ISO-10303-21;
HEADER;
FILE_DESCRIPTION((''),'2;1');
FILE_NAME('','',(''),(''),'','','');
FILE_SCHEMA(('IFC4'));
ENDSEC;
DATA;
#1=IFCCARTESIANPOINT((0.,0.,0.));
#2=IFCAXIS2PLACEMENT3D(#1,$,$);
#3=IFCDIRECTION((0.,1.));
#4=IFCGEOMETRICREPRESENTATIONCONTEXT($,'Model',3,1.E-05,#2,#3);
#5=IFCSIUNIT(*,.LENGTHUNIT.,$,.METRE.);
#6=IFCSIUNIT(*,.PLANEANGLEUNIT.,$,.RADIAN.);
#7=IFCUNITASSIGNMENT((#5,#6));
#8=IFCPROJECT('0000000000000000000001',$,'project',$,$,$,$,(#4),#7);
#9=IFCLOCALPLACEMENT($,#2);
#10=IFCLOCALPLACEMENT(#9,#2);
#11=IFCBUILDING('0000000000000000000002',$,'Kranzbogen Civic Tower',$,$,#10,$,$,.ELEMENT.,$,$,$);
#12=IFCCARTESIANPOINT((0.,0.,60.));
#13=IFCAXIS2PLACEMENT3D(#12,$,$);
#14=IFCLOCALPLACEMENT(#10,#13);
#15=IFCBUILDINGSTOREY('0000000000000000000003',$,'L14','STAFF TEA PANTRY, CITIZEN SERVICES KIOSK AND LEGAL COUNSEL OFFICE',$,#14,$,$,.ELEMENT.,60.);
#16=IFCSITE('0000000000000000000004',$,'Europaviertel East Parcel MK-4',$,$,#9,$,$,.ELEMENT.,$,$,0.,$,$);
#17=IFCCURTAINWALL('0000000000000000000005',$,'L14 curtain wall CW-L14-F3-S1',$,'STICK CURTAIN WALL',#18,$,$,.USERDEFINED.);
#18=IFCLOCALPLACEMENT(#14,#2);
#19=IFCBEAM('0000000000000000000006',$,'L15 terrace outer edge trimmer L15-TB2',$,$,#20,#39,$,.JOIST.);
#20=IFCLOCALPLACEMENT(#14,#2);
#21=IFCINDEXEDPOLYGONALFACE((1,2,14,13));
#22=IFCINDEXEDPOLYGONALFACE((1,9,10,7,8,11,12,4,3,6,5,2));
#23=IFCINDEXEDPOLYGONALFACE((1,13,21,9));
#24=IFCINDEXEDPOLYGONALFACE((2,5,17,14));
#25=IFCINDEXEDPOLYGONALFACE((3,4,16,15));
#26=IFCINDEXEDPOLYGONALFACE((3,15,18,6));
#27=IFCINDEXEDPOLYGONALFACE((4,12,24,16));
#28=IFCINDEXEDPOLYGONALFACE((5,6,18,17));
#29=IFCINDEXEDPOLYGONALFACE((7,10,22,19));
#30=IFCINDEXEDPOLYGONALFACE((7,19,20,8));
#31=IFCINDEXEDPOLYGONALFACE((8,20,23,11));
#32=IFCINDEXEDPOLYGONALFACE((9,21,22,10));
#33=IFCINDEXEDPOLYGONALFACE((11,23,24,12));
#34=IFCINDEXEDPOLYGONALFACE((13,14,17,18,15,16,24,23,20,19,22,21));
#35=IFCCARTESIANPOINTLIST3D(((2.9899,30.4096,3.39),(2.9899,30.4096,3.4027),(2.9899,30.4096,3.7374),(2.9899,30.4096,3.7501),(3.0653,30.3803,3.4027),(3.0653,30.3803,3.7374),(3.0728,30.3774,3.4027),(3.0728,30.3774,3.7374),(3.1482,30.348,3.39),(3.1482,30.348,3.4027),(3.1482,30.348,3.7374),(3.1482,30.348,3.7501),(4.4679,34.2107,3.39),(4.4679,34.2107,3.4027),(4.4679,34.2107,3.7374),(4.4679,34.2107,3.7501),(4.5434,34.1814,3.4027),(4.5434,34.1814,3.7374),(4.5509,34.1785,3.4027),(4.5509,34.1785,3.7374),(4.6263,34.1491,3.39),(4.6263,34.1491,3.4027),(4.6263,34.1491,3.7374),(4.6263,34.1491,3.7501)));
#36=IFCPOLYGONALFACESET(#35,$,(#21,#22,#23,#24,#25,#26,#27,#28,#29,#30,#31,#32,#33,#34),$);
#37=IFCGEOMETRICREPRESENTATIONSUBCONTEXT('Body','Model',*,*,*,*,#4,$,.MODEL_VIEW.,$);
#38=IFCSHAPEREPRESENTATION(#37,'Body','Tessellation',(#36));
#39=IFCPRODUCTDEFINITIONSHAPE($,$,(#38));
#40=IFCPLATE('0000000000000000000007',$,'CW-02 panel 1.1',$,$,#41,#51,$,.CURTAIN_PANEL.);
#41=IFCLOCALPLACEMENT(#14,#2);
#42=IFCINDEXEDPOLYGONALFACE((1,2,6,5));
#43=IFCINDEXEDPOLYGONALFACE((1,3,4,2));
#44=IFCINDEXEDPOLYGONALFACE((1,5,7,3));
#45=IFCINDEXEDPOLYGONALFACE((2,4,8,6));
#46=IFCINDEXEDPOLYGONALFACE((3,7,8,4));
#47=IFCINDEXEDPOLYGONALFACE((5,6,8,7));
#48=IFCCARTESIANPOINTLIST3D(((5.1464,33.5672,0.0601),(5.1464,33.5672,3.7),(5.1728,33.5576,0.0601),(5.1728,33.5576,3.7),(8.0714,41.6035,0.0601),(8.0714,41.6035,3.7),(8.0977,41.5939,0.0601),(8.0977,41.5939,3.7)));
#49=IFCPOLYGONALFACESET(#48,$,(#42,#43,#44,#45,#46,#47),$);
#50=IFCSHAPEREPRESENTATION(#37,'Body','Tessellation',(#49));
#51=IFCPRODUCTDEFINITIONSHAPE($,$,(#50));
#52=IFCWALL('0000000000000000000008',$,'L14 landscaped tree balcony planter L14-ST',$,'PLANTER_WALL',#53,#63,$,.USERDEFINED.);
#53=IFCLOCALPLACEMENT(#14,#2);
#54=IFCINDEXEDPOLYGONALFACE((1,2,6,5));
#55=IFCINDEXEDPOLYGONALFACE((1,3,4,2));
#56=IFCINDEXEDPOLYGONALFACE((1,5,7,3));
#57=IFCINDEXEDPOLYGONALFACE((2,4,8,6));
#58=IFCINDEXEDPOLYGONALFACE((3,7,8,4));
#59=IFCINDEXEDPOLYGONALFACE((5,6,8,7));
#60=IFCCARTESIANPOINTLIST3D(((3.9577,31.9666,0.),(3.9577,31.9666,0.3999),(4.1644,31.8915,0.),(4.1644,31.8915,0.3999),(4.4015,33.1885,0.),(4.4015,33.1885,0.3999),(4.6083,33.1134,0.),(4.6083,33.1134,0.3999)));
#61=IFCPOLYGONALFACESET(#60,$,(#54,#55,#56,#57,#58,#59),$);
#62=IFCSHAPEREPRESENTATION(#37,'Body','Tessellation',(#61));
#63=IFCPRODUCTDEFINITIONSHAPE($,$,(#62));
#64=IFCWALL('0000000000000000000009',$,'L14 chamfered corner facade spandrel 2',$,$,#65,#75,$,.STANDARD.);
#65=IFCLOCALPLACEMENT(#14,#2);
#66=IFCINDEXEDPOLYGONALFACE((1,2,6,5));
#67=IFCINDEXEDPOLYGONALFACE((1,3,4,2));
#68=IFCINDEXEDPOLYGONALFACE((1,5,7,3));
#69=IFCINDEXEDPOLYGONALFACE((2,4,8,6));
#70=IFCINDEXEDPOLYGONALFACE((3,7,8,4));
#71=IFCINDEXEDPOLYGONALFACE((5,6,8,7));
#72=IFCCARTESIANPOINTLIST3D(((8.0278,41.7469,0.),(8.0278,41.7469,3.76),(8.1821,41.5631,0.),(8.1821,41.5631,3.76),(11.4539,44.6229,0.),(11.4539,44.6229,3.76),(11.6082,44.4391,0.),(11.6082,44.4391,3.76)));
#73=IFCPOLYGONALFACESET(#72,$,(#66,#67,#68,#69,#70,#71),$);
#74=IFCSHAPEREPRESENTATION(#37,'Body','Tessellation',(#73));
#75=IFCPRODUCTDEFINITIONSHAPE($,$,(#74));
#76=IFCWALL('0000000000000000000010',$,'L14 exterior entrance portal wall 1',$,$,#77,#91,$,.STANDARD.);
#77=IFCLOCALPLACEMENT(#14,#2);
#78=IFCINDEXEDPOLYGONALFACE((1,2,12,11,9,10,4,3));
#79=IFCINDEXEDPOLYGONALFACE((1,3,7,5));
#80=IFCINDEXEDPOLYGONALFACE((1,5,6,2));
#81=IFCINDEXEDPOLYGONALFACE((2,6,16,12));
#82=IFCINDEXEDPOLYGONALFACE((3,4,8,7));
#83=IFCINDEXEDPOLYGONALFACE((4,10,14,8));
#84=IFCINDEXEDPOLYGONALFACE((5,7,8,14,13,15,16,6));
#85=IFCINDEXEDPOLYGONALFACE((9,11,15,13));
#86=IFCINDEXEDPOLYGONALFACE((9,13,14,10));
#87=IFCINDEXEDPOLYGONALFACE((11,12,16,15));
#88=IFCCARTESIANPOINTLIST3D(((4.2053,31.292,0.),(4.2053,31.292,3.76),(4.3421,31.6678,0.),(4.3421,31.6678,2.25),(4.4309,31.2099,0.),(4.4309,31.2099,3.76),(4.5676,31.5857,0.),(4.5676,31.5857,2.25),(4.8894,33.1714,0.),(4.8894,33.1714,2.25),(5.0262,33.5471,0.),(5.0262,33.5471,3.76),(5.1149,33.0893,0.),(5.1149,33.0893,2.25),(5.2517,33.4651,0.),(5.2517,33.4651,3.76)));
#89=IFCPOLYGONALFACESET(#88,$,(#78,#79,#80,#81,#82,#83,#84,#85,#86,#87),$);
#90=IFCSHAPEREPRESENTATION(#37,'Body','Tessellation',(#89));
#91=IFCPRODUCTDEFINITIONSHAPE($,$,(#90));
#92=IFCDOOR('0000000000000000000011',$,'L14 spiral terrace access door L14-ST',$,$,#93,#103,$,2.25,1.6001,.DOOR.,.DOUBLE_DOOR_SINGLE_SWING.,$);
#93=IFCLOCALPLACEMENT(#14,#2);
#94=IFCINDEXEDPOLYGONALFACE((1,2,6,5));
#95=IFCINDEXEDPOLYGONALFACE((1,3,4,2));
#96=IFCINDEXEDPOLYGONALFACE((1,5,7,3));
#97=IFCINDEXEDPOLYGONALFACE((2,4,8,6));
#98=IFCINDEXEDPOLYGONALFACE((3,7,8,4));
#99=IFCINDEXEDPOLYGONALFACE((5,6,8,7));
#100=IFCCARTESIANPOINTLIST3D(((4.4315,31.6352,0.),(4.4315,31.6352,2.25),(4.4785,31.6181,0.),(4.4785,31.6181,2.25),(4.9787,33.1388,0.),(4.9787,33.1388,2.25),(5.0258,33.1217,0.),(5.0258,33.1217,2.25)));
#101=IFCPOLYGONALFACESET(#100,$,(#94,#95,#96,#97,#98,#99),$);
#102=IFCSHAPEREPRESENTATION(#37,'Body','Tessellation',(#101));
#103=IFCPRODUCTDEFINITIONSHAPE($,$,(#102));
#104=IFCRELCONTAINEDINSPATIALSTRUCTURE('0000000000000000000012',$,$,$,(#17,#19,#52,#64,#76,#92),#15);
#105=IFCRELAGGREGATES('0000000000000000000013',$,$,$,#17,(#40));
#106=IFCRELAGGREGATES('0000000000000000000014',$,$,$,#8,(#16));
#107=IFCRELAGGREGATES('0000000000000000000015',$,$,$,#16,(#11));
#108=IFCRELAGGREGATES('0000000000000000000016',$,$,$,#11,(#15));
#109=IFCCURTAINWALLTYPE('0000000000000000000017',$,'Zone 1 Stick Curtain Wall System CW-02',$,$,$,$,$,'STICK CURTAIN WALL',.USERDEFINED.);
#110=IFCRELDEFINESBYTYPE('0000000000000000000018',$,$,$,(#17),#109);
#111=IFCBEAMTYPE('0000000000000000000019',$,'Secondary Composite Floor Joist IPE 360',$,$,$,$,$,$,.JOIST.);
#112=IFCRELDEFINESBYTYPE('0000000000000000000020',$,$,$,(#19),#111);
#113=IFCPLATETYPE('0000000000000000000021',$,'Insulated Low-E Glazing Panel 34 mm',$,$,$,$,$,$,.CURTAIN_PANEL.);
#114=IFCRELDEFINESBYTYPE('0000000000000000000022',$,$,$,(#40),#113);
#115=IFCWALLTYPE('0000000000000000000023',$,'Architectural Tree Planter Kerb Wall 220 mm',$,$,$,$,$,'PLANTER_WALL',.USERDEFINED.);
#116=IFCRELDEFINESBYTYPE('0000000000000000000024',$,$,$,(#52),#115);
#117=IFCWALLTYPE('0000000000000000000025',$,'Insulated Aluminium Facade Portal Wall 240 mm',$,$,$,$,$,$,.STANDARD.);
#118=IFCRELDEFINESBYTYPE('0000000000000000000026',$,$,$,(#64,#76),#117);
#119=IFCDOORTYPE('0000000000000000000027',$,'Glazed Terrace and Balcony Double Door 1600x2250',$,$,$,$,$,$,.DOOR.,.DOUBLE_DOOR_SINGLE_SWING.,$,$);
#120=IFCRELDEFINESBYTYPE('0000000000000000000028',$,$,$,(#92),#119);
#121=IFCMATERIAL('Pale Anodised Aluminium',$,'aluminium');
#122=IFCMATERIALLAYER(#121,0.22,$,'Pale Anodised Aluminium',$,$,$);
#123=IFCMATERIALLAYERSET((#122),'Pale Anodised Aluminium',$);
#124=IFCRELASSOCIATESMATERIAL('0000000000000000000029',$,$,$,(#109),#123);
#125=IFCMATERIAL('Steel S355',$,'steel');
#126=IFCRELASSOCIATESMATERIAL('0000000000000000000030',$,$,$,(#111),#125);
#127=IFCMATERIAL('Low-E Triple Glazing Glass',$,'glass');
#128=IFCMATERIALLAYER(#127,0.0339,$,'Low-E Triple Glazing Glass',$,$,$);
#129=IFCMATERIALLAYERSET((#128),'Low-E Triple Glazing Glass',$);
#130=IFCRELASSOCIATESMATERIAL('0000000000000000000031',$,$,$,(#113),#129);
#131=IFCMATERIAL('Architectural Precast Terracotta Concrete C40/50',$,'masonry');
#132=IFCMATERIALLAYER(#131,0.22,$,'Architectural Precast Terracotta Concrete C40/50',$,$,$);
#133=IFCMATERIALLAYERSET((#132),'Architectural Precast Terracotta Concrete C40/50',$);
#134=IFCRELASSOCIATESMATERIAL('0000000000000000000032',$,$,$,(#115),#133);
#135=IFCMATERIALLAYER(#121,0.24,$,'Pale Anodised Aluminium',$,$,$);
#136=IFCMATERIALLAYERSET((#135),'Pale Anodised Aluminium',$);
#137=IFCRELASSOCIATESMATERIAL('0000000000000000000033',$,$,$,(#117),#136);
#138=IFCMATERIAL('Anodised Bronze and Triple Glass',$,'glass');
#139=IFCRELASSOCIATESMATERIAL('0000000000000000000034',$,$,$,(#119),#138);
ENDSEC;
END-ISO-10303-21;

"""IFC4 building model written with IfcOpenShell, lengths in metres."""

from ifc_helpers import new_model, si_unit, direction, frame, frame_2d, origin, origin_2d, place, context, subcontext, project, spatial, rectangle, i_section, extrude, material, layer, layer_set, material_profile, profile_set, type_object, element, fill, aggregate, save


model = new_model("IFC4")

# Units and contexts
model_context = context("Model", 3, precision=1e-05, world=origin(), true_north=direction((0.0, 1.0)))
body_context = subcontext(model_context, "Body", "Model", "MODEL_VIEW")
ifc_project = project(units=[si_unit("LENGTHUNIT", "METRE"), si_unit("PLANEANGLEUNIT", "RADIAN")], contexts=[model_context])

# Site, building, storey
site_placement = place(None, origin())
site = spatial("IfcSite", under=ifc_project, at=site_placement, Name="Europaviertel East Parcel MK-4", CompositionType="ELEMENT", RefElevation=0.0)
building_placement = place(site_placement, origin())
building = spatial("IfcBuilding", under=site, at=building_placement, Name="Kranzbogen Civic Tower", CompositionType="ELEMENT")
storey_placement = place(building_placement, frame((0.0, 0.0, 60.0)))
storey = spatial("IfcBuildingStorey", under=building, at=storey_placement, Name="L14", Description="STAFF TEA PANTRY, CITIZEN SERVICES KIOSK AND LEGAL COUNSEL OFFICE", CompositionType="ELEMENT", Elevation=60.0)

# Shared definitions
ifc_material_1 = material(Name="Steel S355", Category="steel")

# Curtain wall
ifc_material_2 = material(Name="Pale Anodised Aluminium", Category="aluminium")
ifc_layer_1 = layer(ifc_material_2, 0.22, Name="Pale Anodised Aluminium")
ifc_layer_set_1 = layer_set([ifc_layer_1], Name="Pale Anodised Aluminium")
curtain_wall_type = type_object("IfcCurtainWallType", Name="Zone 1 Stick Curtain Wall System CW-02", ElementType="STICK CURTAIN WALL", PredefinedType="USERDEFINED", material=ifc_layer_set_1)
curtain_wall_1_placement = place(storey_placement, origin())
curtain_wall_1 = element("IfcCurtainWall", 1, at=curtain_wall_1_placement, inside=storey, type_object=curtain_wall_type, Name="L14 curtain wall CW-L14-F3-S1", ObjectType="STICK CURTAIN WALL", PredefinedType="USERDEFINED")

# Beam
ifc_material_profile_1 = material_profile(ifc_material_1, i_section(OverallWidth=0.1699, OverallDepth=0.3601, WebThickness=0.0081, FlangeThickness=0.0127, at=origin_2d()), Name="IPE 360")
ifc_profile_set_1 = profile_set([ifc_material_profile_1], Name="Steel S355")
beam_type_1 = type_object("IfcBeamType", Name="Secondary Composite Floor Joist IPE 360", PredefinedType="JOIST", material=ifc_profile_set_1)
beam_1_placement = place(storey_placement, frame((4.5471, 34.1799, 3.5701), z_axis=(-0.362414, -0.932017, 0.0), x_axis=(0.932017, -0.362414, 0.0)))
element("IfcBeam", 2, at=beam_1_placement, inside=storey, type_object=beam_type_1, Name="L15 terrace outer edge trimmer L15-TB2", PredefinedType="JOIST", context=body_context, shape_type="SweptSolid", body=[
    extrude(i_section(OverallWidth=0.1699, OverallDepth=0.3601, WebThickness=0.0081, FlangeThickness=0.0127, at=origin_2d()), origin(), (0.0, 0.0, 1.0), 4.0784),
])

# Plate
ifc_material_3 = material(Name="Low-E Triple Glazing Glass", Category="glass")
ifc_layer_2 = layer(ifc_material_3, 0.0339, Name="Low-E Triple Glazing Glass")
ifc_layer_set_2 = layer_set([ifc_layer_2], Name="Low-E Triple Glazing Glass")
plate_type = type_object("IfcPlateType", Name="Insulated Low-E Glazing Panel 34 mm", PredefinedType="CURTAIN_PANEL", material=ifc_layer_set_2)
plate_placement = place(storey_placement, frame((6.6221, 37.5806, 0.0601), z_axis=(0.0, 0.0, 1.0), x_axis=(-0.342021, -0.939692, 0.0)))
plate = element("IfcPlate", 3, at=plate_placement, type_object=plate_type, Name="CW-02 panel 1.1", PredefinedType="CURTAIN_PANEL", context=body_context, shape_type="SweptSolid", body=[
    extrude(rectangle(XDim=8.552, YDim=0.0281, at=origin_2d()), origin(), (0.0, 0.0, 1.0), 3.6399),
])
aggregate(curtain_wall_1, [plate])

# Walls
ifc_material_4 = material(Name="Architectural Precast Terracotta Concrete C40/50", Category="masonry")
ifc_layer_3 = layer(ifc_material_4, 0.22, Name="Architectural Precast Terracotta Concrete C40/50")
ifc_layer_set_3 = layer_set([ifc_layer_3], Name="Architectural Precast Terracotta Concrete C40/50")
wall_type_1 = type_object("IfcWallType", Name="Architectural Tree Planter Kerb Wall 220 mm", ElementType="PLANTER_WALL", PredefinedType="USERDEFINED", material=ifc_layer_set_3)
wall_1_placement = place(storey_placement, frame((4.5049, 33.1509, 0.0), z_axis=(0.0, 0.0, 1.0), x_axis=(-0.341411, -0.939914, 0.0)))
element("IfcWall", 4, at=wall_1_placement, inside=storey, type_object=wall_type_1, Name="L14 landscaped tree balcony planter L14-ST", ObjectType="PLANTER_WALL", PredefinedType="USERDEFINED", context=body_context, shape_type="SweptSolid", body=[
    extrude(rectangle(XDim=1.3, YDim=0.22, at=frame_2d((0.6499, 0.0))), origin(), (0.0, 0.0, 1.0), 0.3999),
])
ifc_layer_4 = layer(ifc_material_2, 0.24, Name="Pale Anodised Aluminium")
ifc_layer_set_4 = layer_set([ifc_layer_4], Name="Pale Anodised Aluminium")
wall_type_2 = type_object("IfcWallType", Name="Insulated Aluminium Facade Portal Wall 240 mm", PredefinedType="STANDARD", material=ifc_layer_set_4)
wall_2_placement = place(storey_placement, frame((11.531, 44.531, 0.0), z_axis=(0.0, 0.0, 1.0), x_axis=(-0.765912, -0.642945, 0.0)))
element("IfcWall", 5, at=wall_2_placement, inside=storey, type_object=wall_type_2, Name="L14 chamfered corner facade spandrel 2", PredefinedType="STANDARD", context=body_context, shape_type="SweptSolid", body=[
    extrude(rectangle(XDim=4.4731, YDim=0.24, at=frame_2d((2.2366, 0.0))), origin(), (0.0, 0.0, 1.0), 3.76),
])

# Wall, opening, door
wall_3_placement = place(storey_placement, frame((5.1389, 33.5061, 0.0), z_axis=(0.0, 0.0, 1.0), x_axis=(-0.342021, -0.939692, 0.0)))
wall_3 = element("IfcWall", 6, at=wall_3_placement, inside=storey, type_object=wall_type_2, Name="L14 exterior entrance portal wall 1", PredefinedType="STANDARD", context=body_context, shape_type="SweptSolid", body=[
    extrude(rectangle(XDim=2.3999, YDim=0.24, at=frame_2d((1.2, 0.0))), origin(), (0.0, 0.0, 1.0), 3.76),
])
opening_placement = place(wall_3_placement, frame((0.3999, 0.0, 0.0)))
opening = element("IfcOpeningElement", 7, at=opening_placement, cuts=wall_3, PredefinedType="OPENING", context=body_context, shape_type="SweptSolid", body=[
    extrude(rectangle(XDim=1.6001, YDim=2.25, at=frame_2d((0.8, 1.125))), frame((0.0, 0.1299, 0.0), z_axis=(0.0, -1.0, 0.0), x_axis=(1.0, 0.0, 0.0)), (0.0, 0.0, 1.0), 0.26),
])
ifc_material_5 = material(Name="Anodised Bronze and Triple Glass", Category="glass")
door_type = type_object("IfcDoorType", Name="Glazed Terrace and Balcony Double Door 1600x2250", OperationType="DOUBLE_DOOR_SINGLE_SWING", PredefinedType="DOOR", material=ifc_material_5)
door_placement = place(opening_placement, frame((1.6001, 0.0, 0.0), z_axis=(0.0, 0.0, 1.0), x_axis=(-1.0, 0.0, 0.0)))
door = element("IfcDoor", 8, at=door_placement, inside=storey, type_object=door_type, Name="L14 spiral terrace access door L14-ST", OperationType="DOUBLE_DOOR_SINGLE_SWING", OverallHeight=2.25, OverallWidth=1.6001, PredefinedType="DOOR", context=body_context, shape_type="SweptSolid", body=[
    extrude(rectangle(XDim=1.6001, YDim=2.25, at=frame_2d((0.8, 1.125))), frame((0.0, 0.0249, 0.0), z_axis=(0.0, -1.0, 0.0), x_axis=(1.0, 0.0, 0.0)), (0.0, 0.0, 1.0), 0.05),
])
fill(opening, door)

save(model, "model.ifc")
